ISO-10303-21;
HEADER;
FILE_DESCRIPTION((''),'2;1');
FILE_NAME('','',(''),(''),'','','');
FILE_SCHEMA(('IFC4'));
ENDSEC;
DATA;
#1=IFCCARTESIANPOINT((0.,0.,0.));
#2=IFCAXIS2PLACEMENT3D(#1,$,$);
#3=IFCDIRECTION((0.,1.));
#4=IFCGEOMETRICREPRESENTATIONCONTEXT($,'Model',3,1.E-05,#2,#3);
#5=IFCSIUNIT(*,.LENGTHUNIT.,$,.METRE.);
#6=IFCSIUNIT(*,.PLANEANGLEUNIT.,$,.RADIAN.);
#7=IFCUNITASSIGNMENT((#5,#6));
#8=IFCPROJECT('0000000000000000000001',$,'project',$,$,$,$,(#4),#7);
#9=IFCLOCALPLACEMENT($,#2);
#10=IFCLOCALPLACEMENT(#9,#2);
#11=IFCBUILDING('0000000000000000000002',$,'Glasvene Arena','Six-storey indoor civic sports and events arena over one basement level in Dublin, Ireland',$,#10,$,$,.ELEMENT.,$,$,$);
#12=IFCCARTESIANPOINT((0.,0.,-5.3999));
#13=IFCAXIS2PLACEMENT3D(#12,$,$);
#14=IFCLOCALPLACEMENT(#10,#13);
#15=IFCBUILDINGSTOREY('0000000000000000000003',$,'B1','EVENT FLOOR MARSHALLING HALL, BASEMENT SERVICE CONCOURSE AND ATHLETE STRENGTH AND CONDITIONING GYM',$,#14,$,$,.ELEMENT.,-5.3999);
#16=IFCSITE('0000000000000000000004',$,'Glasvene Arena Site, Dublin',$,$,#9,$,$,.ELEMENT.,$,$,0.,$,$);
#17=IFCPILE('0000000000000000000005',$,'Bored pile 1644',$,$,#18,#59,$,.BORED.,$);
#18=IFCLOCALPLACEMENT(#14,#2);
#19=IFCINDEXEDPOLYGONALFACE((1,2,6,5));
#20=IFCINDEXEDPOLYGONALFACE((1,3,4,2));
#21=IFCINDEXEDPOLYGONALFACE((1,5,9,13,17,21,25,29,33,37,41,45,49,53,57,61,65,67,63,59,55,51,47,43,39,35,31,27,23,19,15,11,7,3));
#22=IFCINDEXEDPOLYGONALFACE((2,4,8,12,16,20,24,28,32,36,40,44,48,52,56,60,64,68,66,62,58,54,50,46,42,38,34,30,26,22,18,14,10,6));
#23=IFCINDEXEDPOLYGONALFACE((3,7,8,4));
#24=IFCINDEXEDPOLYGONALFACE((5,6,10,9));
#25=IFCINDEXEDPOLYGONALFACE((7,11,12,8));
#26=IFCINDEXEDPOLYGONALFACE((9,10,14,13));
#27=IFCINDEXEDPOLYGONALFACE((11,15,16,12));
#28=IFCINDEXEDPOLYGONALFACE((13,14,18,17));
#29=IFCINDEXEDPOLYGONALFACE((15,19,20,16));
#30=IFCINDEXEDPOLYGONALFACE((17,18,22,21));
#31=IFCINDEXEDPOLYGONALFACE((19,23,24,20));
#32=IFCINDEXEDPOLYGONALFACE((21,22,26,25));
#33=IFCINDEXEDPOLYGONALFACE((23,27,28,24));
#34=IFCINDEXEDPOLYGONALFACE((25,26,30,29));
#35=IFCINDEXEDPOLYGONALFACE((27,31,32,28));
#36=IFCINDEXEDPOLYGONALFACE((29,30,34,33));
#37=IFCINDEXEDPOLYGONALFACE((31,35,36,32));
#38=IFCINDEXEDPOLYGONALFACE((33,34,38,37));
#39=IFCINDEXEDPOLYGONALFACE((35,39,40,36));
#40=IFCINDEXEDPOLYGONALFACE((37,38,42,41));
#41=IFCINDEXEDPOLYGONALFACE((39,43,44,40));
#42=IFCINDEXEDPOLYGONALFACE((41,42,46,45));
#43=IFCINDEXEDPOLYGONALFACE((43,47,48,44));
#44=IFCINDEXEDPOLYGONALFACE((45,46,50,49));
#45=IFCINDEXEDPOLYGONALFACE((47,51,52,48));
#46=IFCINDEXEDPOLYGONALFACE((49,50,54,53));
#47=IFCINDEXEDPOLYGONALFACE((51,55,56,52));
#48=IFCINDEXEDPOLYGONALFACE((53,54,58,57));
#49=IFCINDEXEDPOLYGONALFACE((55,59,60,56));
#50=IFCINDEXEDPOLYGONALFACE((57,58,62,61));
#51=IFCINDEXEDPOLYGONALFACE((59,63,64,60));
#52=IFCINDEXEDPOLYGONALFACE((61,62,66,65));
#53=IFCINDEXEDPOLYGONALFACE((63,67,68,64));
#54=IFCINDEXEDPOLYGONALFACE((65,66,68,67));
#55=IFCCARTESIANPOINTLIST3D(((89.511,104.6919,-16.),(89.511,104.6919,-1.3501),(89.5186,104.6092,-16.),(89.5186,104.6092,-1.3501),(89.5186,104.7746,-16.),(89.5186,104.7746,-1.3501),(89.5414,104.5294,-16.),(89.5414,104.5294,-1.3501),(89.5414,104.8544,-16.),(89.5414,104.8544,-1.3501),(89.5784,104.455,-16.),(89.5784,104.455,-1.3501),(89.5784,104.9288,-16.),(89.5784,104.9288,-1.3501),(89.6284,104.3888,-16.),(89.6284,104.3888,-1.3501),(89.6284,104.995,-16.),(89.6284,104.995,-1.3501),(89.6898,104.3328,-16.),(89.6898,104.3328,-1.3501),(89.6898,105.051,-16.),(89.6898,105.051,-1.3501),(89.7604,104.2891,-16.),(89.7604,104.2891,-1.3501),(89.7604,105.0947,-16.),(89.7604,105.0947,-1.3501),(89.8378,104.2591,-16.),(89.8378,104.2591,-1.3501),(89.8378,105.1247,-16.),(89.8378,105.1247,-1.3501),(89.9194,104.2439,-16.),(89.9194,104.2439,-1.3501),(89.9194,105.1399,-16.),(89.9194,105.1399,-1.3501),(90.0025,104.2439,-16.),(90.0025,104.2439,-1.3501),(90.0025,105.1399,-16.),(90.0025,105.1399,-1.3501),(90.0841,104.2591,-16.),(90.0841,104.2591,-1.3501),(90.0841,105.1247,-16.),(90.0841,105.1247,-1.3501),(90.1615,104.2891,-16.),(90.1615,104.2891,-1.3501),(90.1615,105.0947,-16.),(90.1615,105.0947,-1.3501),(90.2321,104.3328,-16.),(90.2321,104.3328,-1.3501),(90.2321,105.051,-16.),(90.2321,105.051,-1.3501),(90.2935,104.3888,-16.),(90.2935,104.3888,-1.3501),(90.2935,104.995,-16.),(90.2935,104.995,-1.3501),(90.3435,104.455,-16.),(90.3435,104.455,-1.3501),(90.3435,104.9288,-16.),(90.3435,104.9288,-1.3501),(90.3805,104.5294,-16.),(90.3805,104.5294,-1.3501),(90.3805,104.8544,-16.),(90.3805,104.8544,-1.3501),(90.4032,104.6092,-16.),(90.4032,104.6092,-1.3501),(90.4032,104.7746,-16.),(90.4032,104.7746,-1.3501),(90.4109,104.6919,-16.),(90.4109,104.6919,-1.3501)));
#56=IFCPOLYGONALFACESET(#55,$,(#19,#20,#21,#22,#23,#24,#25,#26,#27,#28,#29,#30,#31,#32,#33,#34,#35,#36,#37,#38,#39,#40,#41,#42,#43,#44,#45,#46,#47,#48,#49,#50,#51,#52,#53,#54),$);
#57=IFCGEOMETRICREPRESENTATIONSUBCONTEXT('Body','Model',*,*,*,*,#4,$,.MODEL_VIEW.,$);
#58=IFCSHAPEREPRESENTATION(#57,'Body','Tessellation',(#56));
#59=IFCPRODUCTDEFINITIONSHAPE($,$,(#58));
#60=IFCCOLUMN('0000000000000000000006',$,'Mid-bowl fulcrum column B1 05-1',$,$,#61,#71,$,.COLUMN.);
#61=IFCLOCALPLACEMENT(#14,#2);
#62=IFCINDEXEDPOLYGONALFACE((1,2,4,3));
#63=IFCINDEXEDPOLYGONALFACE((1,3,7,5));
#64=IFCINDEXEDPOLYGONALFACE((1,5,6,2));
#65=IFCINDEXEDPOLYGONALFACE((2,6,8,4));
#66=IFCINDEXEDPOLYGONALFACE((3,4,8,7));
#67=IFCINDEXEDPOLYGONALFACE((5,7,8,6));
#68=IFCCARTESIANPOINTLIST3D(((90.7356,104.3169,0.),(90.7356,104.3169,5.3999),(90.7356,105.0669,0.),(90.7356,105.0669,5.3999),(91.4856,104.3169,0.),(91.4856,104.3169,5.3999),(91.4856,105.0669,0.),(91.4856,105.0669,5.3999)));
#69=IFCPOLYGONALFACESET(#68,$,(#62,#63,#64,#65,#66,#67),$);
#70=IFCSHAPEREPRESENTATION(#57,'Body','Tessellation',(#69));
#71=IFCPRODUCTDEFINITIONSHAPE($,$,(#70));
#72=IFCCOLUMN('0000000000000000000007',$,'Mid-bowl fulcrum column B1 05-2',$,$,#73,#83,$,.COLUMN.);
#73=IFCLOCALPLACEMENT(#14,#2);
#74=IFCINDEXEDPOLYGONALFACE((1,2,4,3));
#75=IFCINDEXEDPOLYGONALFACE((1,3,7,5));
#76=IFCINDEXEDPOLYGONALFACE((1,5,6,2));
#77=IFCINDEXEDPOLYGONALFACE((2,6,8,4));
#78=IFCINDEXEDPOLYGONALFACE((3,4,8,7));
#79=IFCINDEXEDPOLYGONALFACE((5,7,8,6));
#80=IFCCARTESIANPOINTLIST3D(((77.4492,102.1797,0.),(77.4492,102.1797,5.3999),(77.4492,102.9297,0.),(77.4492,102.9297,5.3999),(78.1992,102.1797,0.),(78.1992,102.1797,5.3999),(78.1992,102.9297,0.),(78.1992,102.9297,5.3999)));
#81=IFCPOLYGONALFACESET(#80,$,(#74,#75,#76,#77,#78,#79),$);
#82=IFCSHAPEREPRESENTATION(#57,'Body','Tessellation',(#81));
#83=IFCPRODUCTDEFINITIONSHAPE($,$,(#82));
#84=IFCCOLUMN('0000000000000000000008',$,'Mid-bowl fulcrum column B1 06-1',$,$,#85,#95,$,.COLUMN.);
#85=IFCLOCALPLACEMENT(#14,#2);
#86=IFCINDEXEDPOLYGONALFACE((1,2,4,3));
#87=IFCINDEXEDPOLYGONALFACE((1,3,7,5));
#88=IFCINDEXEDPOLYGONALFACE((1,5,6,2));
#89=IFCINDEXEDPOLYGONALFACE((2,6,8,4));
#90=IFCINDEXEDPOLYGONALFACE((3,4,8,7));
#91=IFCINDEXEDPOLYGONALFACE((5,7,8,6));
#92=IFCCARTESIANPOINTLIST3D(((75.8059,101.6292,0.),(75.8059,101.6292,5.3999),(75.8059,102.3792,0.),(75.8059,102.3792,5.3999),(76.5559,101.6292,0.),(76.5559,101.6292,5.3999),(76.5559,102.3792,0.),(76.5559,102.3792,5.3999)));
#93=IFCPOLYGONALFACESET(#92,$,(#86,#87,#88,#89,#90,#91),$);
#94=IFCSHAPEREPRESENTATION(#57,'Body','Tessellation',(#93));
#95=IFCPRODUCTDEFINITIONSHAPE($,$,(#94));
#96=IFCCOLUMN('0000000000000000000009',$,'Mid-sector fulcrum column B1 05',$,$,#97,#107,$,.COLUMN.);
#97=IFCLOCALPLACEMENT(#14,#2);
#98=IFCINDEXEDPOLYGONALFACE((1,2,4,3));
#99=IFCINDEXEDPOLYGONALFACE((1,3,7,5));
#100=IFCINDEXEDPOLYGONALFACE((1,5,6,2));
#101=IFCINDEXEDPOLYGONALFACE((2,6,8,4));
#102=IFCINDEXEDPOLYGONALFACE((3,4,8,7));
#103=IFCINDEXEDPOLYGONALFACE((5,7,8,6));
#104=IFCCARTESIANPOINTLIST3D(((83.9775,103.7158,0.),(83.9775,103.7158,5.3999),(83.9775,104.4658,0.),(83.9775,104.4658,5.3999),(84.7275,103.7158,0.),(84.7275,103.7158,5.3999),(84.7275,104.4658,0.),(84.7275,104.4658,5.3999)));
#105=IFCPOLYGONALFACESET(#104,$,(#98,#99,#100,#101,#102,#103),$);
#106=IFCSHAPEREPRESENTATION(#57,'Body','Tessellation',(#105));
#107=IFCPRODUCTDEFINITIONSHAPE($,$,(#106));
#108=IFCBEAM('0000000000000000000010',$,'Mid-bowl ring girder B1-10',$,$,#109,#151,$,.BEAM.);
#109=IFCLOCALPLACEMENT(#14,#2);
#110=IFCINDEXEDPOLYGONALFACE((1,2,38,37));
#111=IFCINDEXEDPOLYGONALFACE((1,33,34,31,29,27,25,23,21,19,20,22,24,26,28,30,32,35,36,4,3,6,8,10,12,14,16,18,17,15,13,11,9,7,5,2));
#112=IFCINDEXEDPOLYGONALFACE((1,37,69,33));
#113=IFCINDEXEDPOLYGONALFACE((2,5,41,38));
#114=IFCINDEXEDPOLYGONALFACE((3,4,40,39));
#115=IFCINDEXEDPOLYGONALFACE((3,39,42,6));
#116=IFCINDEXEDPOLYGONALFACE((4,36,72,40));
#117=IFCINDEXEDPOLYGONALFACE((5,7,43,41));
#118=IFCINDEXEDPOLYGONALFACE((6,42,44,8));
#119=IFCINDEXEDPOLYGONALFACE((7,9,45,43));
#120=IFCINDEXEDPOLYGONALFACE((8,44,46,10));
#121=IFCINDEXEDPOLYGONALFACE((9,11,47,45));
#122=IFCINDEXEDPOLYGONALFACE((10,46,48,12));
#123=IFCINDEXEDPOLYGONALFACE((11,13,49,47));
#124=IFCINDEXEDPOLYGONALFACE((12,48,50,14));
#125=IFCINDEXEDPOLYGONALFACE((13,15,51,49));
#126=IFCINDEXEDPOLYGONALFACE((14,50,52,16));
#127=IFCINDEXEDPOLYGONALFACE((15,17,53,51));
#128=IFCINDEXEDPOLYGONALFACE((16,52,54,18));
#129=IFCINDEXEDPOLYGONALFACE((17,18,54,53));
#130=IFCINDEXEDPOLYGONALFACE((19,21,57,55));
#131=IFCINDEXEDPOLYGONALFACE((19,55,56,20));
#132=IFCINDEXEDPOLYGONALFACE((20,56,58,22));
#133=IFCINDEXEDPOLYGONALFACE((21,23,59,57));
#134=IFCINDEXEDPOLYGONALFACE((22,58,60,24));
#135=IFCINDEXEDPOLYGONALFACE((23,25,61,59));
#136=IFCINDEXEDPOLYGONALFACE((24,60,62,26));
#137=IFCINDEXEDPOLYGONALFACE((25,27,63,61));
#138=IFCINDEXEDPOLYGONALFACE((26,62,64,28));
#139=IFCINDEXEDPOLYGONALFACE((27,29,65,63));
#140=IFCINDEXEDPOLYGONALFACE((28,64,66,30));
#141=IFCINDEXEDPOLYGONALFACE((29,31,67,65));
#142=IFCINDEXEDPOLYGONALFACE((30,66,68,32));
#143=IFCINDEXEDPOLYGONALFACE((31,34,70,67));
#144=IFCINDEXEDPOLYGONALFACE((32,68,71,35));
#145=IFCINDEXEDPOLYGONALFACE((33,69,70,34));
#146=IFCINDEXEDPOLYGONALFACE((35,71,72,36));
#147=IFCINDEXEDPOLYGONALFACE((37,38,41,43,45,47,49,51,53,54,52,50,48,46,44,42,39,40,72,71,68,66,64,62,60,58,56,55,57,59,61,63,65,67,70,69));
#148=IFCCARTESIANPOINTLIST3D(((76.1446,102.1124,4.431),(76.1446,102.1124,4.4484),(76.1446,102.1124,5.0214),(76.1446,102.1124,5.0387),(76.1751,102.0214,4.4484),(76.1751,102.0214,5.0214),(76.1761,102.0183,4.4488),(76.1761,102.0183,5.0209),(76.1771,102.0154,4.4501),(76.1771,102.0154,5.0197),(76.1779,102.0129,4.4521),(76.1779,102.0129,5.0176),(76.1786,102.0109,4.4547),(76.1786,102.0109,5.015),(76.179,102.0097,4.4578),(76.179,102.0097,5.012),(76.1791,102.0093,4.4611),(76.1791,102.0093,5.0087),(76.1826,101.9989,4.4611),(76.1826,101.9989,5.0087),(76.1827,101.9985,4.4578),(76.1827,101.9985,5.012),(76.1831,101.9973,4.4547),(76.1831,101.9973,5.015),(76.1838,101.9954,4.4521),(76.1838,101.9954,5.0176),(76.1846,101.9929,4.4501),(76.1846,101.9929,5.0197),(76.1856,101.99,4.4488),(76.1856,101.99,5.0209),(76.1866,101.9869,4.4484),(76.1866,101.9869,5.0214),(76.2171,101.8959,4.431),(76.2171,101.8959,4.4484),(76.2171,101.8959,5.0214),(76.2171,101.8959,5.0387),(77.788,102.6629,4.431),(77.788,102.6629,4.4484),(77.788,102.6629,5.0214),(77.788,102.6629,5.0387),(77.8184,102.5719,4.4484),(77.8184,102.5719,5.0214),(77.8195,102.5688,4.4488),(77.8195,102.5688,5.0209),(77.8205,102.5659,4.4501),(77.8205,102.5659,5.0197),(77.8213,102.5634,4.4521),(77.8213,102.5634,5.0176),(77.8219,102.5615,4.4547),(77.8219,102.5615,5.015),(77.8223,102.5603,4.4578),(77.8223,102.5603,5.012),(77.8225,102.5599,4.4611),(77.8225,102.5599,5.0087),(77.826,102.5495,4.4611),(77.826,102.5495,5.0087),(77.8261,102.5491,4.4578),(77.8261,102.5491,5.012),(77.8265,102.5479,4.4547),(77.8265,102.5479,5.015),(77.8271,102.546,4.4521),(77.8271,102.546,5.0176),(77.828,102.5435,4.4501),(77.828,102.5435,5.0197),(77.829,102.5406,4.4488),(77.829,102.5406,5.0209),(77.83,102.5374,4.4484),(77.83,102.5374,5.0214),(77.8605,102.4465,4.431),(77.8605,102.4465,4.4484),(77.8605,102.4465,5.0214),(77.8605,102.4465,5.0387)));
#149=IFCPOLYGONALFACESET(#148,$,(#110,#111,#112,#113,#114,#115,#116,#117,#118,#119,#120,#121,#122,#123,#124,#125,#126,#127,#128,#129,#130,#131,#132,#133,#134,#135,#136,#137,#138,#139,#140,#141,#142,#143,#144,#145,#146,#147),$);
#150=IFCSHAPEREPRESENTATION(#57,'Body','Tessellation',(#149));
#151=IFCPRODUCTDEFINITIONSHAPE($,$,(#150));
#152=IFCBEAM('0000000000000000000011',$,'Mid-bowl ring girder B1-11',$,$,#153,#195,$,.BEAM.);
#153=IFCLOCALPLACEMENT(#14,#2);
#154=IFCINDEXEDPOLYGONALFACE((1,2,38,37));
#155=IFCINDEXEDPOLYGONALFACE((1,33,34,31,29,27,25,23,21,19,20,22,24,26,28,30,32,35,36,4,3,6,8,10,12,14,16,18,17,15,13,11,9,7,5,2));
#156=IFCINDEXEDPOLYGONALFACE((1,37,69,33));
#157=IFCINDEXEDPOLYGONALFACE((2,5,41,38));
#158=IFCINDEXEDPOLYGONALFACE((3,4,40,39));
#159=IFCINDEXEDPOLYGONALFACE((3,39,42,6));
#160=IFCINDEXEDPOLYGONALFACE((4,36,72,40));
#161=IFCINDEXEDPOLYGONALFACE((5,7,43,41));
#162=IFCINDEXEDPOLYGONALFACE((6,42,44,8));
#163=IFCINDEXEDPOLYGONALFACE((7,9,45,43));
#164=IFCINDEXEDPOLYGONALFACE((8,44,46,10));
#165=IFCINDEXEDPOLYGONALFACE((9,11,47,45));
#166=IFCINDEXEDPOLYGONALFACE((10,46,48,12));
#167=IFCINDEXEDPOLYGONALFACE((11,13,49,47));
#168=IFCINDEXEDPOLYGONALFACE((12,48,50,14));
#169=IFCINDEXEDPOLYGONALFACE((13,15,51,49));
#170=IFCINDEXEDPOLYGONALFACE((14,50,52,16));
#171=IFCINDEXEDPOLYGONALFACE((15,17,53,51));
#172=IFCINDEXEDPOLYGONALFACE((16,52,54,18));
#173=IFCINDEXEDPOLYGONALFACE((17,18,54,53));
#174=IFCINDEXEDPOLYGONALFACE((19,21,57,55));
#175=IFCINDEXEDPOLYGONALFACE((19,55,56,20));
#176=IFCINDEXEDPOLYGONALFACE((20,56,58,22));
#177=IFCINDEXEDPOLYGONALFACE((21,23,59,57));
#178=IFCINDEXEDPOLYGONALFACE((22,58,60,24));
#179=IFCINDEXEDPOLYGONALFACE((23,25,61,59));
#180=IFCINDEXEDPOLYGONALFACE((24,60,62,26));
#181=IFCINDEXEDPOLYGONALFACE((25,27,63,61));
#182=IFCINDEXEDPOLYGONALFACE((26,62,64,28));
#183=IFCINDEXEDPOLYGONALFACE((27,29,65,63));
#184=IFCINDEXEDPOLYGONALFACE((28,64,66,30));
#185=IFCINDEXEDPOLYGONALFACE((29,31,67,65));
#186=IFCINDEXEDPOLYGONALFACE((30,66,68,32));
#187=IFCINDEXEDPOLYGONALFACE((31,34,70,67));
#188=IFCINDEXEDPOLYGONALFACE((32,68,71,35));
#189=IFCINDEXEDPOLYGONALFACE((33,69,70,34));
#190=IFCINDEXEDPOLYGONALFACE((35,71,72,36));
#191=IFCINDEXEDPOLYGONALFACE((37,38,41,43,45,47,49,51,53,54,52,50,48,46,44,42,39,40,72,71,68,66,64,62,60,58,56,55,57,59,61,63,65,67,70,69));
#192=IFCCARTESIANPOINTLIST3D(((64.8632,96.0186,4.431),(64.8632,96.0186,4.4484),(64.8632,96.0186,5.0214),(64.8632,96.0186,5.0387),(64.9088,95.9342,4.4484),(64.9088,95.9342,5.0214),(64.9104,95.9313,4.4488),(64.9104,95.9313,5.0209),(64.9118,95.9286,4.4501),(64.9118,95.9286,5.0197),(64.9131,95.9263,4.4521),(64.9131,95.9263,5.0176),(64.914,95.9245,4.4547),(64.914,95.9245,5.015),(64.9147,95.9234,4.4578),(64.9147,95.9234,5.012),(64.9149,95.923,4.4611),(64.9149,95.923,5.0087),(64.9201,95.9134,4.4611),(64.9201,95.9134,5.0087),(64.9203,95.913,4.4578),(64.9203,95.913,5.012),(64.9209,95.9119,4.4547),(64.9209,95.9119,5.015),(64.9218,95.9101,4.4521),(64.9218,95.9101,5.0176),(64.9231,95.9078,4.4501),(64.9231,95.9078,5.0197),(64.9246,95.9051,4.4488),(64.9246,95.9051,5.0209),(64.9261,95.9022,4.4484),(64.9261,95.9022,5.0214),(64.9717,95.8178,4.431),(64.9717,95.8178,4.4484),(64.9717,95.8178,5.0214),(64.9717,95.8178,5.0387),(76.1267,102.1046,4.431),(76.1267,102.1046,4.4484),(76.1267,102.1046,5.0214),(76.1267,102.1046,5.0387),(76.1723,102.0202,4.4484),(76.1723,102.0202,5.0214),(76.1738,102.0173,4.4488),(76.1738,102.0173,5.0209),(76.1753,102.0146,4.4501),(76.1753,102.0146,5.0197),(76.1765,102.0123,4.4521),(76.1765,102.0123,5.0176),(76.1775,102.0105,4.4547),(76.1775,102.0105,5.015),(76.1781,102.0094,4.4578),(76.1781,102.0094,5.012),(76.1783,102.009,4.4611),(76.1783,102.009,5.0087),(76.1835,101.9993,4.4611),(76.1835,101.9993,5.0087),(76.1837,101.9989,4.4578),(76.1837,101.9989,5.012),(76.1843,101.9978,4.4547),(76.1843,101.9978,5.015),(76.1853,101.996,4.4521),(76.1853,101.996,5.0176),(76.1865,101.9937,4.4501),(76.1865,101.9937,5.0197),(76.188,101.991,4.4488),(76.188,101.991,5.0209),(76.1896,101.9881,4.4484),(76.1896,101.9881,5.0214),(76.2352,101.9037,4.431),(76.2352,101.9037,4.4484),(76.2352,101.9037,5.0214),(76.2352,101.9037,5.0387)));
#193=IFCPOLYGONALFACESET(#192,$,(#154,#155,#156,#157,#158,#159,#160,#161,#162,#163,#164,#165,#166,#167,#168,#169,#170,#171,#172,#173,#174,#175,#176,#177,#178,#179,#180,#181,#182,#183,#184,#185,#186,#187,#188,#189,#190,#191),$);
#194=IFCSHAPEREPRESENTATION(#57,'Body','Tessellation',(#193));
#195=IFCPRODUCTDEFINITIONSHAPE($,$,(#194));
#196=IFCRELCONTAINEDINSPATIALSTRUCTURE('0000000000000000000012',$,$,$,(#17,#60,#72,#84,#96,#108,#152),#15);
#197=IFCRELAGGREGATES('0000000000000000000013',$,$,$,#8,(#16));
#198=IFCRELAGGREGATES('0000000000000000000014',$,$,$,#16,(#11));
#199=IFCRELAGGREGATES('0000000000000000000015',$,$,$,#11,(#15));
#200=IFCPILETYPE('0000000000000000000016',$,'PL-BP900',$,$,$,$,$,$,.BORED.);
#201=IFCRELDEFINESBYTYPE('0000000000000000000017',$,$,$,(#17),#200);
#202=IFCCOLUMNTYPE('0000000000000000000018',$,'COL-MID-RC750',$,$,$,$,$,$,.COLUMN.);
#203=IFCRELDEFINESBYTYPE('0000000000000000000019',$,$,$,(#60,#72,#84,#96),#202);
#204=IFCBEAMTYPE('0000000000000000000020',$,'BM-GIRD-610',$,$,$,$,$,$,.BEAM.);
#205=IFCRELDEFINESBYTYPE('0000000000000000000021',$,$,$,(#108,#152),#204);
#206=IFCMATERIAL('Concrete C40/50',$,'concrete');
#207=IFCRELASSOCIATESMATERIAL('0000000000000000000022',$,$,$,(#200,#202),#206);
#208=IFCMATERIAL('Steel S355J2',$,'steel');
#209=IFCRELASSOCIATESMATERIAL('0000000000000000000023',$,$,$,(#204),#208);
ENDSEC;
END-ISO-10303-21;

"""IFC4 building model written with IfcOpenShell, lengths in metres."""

from ifc_helpers import new_model, si_unit, direction, frame, origin, origin_2d, place, context, subcontext, project, spatial, rectangle, circle, i_section, extrude, material, material_profile, profile_set, type_object, element, save


model = new_model("IFC4")

# Units and contexts
model_context = context("Model", 3, precision=1e-05, world=origin(), true_north=direction((0.0, 1.0)))
body_context = subcontext(model_context, "Body", "Model", "MODEL_VIEW")
ifc_project = project(units=[si_unit("LENGTHUNIT", "METRE"), si_unit("PLANEANGLEUNIT", "RADIAN")], contexts=[model_context])

# Site, building, storey
site_placement = place(None, origin())
site = spatial("IfcSite", under=ifc_project, at=site_placement, Name="Glasvene Arena Site, Dublin", CompositionType="ELEMENT", RefElevation=0.0)
building_placement = place(site_placement, origin())
building = spatial("IfcBuilding", under=site, at=building_placement, Name="Glasvene Arena", Description="Six-storey indoor civic sports and events arena over one basement level in Dublin, Ireland", CompositionType="ELEMENT")
storey_placement = place(building_placement, frame((0.0, 0.0, -5.3999)))
storey = spatial("IfcBuildingStorey", under=building, at=storey_placement, Name="B1", Description="EVENT FLOOR MARSHALLING HALL, BASEMENT SERVICE CONCOURSE AND ATHLETE STRENGTH AND CONDITIONING GYM", CompositionType="ELEMENT", Elevation=-5.3999)

# Pile
ifc_material_1 = material(Name="Concrete C40/50", Category="concrete")
ifc_material_profile_1 = material_profile(ifc_material_1, circle(Radius=0.45, at=origin_2d()), Name="BORED PILE 900")
ifc_profile_set_1 = profile_set([ifc_material_profile_1], Name="Concrete C40/50")
pile_type_1 = type_object("IfcPileType", Name="PL-BP900", PredefinedType="BORED", material=ifc_profile_set_1)
pile_placement = place(storey_placement, frame((89.9609, 104.6919, -1.3501), z_axis=(0.0, 0.0, -1.0), x_axis=(1.0, 0.0, 0.0)))
element("IfcPile", 1, at=pile_placement, inside=storey, type_object=pile_type_1, Name="Bored pile 1644", PredefinedType="BORED", context=body_context, shape_type="SweptSolid", body=[
    extrude(circle(Radius=0.45, at=origin_2d()), origin(), (0.0, 0.0, 1.0), 14.6499),
])

# Columns
ifc_material_profile_2 = material_profile(ifc_material_1, rectangle(XDim=0.75, YDim=0.75, at=origin_2d()), Name="RC 750x750")
ifc_profile_set_2 = profile_set([ifc_material_profile_2], Name="Concrete C40/50")
column_type = type_object("IfcColumnType", Name="COL-MID-RC750", PredefinedType="COLUMN", material=ifc_profile_set_2)
for number, where, z_axis, x_axis, name in (
    (2, (91.1106, 104.6919, 0.0), (0.0, 0.0, 1.0), (1.0, 0.0, 0.0), "Mid-bowl fulcrum column B1 05-1"),
    (3, (77.8242, 102.5547, 0.0), (0.0, 0.0, 1.0), (1.0, 0.0, 0.0), "Mid-bowl fulcrum column B1 05-2"),
    (4, (76.1809, 102.0042, 0.0), (0.0, 0.0, 1.0), (1.0, 0.0, 0.0), "Mid-bowl fulcrum column B1 06-1"),
    (5, (84.3525, 104.0908, 0.0), (0.0, 0.0, 1.0), (1.0, 0.0, 0.0), "Mid-sector fulcrum column B1 05"),
):
    element("IfcColumn", number, at=place(storey_placement, frame(where, z_axis=z_axis, x_axis=x_axis)), inside=storey, type_object=column_type, Name=name, PredefinedType="COLUMN", context=body_context, shape_type="SweptSolid", body=[
        extrude(rectangle(XDim=0.75, YDim=0.75, at=origin_2d()), origin(), (0.0, 0.0, 1.0), 5.3999),
    ])

# Beams
ifc_material_2 = material(Name="Steel S355J2", Category="steel")
ifc_material_profile_3 = material_profile(ifc_material_2, i_section(OverallWidth=0.2283, OverallDepth=0.6077, WebThickness=0.011, FlangeThickness=0.0173, FilletRadius=0.0127, at=origin_2d()), Name="UKB 610x229x113")
ifc_profile_set_3 = profile_set([ifc_material_profile_3], Name="Steel S355J2")
beam_type_1 = type_object("IfcBeamType", Name="BM-GIRD-610", PredefinedType="BEAM", material=ifc_profile_set_3)
beam_1_placement = place(storey_placement, frame((77.8242, 102.5547, 4.7349), z_axis=(-0.948203, -0.317664, 0.0), x_axis=(0.317664, -0.948203, 0.0)))
element("IfcBeam", 6, at=beam_1_placement, inside=storey, type_object=beam_type_1, Name="Mid-bowl ring girder B1-10", PredefinedType="BEAM", context=body_context, shape_type="SweptSolid", body=[
    extrude(i_section(OverallWidth=0.2283, OverallDepth=0.6077, WebThickness=0.011, FlangeThickness=0.0173, FilletRadius=0.0127, at=origin_2d()), origin(), (0.0, 0.0, 1.0), 1.7332),
])
beam_2_placement = place(storey_placement, frame((76.1809, 102.0042, 4.7349), z_axis=(-0.879785, -0.475372, 0.0), x_axis=(0.475372, -0.879785, 0.0)))
element("IfcBeam", 7, at=beam_2_placement, inside=storey, type_object=beam_type_1, Name="Mid-bowl ring girder B1-11", PredefinedType="BEAM", context=body_context, shape_type="SweptSolid", body=[
    extrude(i_section(OverallWidth=0.2283, OverallDepth=0.6077, WebThickness=0.011, FlangeThickness=0.0173, FilletRadius=0.0127, at=origin_2d()), origin(), (0.0, 0.0, 1.0), 12.8025),
])

save(model, "model.ifc")
